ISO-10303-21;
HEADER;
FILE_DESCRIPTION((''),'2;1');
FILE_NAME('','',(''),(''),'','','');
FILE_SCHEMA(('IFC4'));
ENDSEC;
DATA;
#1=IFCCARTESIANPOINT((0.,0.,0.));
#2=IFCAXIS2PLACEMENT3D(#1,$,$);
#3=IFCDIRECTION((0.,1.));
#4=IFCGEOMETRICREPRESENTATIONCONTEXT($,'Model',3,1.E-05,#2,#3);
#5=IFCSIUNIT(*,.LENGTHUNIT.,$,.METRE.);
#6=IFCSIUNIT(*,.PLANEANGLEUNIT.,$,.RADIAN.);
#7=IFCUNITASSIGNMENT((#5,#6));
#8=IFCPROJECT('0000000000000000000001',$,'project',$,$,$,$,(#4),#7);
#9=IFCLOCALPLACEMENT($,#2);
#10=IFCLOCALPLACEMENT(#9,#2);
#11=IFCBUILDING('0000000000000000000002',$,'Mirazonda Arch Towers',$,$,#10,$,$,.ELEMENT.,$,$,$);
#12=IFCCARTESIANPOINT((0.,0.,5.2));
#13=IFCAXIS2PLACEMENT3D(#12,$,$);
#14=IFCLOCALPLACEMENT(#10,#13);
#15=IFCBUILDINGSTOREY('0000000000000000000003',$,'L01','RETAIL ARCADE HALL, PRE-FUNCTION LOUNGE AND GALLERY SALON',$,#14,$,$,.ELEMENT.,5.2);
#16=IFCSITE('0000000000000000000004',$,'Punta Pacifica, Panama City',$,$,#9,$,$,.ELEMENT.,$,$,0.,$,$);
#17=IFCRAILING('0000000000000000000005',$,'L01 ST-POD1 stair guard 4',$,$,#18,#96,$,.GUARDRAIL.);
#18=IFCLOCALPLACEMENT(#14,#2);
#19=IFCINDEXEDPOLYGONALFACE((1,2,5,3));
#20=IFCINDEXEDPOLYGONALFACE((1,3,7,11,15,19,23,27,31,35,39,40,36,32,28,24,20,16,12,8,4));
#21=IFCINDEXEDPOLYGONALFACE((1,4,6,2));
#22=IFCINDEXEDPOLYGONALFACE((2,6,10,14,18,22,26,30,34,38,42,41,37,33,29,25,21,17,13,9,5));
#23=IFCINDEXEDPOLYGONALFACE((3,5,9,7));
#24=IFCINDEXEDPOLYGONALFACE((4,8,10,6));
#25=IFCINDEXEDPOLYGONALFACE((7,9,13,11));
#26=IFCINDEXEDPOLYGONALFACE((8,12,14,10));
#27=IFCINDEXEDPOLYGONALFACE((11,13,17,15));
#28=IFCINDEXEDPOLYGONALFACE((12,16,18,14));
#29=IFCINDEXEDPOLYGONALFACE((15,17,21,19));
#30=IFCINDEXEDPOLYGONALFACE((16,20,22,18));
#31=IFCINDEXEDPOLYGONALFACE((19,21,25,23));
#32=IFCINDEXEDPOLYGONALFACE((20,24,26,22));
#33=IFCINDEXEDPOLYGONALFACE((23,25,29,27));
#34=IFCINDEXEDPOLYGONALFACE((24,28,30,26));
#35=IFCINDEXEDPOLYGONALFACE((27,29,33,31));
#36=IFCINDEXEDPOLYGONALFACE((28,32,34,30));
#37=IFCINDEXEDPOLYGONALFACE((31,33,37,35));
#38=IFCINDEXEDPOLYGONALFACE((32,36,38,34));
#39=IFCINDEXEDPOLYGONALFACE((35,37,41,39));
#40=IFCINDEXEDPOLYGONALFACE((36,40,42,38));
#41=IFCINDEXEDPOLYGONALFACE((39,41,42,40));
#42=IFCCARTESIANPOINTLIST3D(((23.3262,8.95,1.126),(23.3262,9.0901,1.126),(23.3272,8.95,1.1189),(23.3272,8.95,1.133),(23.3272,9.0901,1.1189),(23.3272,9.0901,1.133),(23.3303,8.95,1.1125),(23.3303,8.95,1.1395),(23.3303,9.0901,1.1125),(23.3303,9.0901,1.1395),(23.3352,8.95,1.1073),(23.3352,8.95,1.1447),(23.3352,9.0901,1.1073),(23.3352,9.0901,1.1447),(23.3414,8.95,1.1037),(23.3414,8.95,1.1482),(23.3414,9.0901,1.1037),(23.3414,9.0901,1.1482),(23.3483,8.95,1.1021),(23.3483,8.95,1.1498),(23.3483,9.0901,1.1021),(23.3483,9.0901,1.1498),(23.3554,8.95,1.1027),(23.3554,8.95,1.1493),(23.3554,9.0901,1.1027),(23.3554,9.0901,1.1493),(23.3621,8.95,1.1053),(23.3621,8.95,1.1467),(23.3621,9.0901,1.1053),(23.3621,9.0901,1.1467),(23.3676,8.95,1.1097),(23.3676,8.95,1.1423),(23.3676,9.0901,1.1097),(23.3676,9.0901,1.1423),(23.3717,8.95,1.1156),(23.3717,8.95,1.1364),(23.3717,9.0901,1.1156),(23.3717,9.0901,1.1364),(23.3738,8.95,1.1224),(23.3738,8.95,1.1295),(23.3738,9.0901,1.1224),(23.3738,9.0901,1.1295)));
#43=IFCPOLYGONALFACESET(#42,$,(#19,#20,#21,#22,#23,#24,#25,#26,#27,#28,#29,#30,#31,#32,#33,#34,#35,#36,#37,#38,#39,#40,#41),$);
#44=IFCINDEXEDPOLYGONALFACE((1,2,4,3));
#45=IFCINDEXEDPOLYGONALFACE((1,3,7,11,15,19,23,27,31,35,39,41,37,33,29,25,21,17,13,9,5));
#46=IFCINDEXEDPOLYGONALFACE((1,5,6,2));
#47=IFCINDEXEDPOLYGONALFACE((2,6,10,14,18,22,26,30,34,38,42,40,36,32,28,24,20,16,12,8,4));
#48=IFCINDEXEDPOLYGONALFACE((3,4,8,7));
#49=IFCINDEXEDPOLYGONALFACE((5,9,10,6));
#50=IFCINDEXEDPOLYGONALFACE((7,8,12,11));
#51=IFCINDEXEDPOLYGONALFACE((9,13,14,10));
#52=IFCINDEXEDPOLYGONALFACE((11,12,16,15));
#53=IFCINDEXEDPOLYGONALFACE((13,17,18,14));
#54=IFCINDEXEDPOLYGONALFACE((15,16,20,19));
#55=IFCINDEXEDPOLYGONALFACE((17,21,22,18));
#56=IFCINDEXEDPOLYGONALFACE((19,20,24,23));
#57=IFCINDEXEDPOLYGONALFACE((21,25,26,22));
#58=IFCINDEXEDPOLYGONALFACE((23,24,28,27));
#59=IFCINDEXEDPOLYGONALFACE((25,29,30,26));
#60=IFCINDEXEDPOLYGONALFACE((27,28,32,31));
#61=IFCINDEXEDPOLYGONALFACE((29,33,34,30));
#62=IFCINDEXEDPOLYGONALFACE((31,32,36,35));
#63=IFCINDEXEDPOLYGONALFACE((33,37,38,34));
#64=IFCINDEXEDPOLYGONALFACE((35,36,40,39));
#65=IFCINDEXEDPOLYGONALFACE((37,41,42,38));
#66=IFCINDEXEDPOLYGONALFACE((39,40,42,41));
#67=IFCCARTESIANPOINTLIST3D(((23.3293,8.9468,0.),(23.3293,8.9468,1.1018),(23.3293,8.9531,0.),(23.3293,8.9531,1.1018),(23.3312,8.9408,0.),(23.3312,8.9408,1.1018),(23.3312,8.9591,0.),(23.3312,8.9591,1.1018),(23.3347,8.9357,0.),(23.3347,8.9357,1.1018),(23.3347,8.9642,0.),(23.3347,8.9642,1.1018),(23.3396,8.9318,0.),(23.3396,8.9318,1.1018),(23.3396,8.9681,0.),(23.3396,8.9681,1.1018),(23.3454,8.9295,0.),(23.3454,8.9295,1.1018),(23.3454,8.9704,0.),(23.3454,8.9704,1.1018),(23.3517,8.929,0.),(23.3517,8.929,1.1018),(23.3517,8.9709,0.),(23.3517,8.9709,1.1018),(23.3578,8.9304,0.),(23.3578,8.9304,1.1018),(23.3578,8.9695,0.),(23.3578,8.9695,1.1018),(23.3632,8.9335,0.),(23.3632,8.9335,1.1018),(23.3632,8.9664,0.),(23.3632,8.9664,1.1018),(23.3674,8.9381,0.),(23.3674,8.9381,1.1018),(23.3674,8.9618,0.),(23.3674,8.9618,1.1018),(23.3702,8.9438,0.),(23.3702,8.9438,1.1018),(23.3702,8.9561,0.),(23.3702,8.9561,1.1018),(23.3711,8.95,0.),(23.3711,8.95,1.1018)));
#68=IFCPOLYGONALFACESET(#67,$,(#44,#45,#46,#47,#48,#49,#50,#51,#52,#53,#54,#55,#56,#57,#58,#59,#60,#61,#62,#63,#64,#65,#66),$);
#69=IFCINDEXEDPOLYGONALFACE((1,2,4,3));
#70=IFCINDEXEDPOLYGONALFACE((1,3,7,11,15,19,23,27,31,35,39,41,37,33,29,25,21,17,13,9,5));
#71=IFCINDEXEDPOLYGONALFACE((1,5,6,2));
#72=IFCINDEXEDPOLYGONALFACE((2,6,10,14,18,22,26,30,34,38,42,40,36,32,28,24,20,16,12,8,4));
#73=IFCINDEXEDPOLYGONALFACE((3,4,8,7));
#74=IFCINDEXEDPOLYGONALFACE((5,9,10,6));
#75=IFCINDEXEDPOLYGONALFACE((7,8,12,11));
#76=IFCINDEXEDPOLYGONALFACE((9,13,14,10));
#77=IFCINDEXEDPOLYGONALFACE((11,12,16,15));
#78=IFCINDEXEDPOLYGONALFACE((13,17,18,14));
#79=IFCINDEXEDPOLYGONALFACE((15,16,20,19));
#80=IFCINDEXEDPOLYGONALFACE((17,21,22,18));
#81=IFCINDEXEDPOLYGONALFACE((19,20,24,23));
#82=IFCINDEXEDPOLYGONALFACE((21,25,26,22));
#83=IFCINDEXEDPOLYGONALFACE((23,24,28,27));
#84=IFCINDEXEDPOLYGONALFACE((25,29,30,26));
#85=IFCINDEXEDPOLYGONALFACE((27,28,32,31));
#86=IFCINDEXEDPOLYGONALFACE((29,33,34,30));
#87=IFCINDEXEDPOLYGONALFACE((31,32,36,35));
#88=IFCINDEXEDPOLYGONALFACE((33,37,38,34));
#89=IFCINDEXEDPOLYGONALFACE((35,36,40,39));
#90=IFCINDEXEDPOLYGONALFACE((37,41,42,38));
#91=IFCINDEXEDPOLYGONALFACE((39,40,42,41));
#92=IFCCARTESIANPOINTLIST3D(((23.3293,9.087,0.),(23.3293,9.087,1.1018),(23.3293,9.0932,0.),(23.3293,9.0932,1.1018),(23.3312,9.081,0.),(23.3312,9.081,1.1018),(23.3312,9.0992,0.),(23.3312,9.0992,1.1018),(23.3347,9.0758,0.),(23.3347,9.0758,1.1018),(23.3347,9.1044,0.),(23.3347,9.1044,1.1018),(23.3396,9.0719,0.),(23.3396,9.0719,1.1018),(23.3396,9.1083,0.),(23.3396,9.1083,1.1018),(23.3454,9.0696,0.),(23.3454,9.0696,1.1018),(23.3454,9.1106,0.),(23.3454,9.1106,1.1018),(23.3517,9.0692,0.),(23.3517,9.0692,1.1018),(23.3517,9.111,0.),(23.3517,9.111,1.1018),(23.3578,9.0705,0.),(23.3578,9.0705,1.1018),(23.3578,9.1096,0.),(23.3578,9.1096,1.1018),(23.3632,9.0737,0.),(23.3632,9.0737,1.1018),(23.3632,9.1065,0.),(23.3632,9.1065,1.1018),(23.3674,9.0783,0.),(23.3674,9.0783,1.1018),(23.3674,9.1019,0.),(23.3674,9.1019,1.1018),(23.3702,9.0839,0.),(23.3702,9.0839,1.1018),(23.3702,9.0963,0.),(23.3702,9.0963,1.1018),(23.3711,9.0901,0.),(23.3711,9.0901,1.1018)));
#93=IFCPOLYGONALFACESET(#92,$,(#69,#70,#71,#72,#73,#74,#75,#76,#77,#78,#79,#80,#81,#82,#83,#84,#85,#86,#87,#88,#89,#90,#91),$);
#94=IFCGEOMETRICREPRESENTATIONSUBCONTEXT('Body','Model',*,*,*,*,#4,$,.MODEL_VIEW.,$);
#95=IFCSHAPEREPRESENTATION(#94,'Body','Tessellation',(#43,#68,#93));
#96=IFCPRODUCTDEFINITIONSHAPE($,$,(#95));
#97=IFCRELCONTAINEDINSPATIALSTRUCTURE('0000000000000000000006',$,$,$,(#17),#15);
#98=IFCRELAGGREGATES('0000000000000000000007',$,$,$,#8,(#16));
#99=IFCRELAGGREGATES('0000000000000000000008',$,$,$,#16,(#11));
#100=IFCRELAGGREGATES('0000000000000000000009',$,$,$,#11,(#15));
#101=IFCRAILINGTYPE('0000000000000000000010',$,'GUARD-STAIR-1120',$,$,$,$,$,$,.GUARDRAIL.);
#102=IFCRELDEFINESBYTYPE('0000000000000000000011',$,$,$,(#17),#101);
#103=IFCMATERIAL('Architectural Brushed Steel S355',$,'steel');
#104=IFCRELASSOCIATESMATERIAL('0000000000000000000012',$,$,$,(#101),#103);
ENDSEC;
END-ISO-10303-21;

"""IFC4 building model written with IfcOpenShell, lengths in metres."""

from ifc_helpers import new_model, si_unit, direction, frame, origin, origin_2d, place, context, subcontext, project, spatial, circle, extrude, material, type_object, element, save


model = new_model("IFC4")

# Units and contexts
model_context = context("Model", 3, precision=1e-05, world=origin(), true_north=direction((0.0, 1.0)))
body_context = subcontext(model_context, "Body", "Model", "MODEL_VIEW")
ifc_project = project(units=[si_unit("LENGTHUNIT", "METRE"), si_unit("PLANEANGLEUNIT", "RADIAN")], contexts=[model_context])

# Site, building, storey
site_placement = place(None, origin())
site = spatial("IfcSite", under=ifc_project, at=site_placement, Name="Punta Pacifica, Panama City", CompositionType="ELEMENT", RefElevation=0.0)
building_placement = place(site_placement, origin())
building = spatial("IfcBuilding", under=site, at=building_placement, Name="Mirazonda Arch Towers", CompositionType="ELEMENT")
storey_placement = place(building_placement, frame((0.0, 0.0, 5.2)))
storey = spatial("IfcBuildingStorey", under=building, at=storey_placement, Name="L01", Description="RETAIL ARCADE HALL, PRE-FUNCTION LOUNGE AND GALLERY SALON", CompositionType="ELEMENT", Elevation=5.2)

# Railing
ifc_material_1 = material(Name="Architectural Brushed Steel S355", Category="steel")
railing_type_1 = type_object("IfcRailingType", Name="GUARD-STAIR-1120", PredefinedType="GUARDRAIL", material=ifc_material_1)
railing_1_placement = place(storey_placement, frame((23.3501, 8.95, 0.0)))
element("IfcRailing", 1, at=railing_1_placement, inside=storey, type_object=railing_type_1, Name="L01 ST-POD1 stair guard 4", PredefinedType="GUARDRAIL", context=body_context, shape_type="SweptSolid", body=[
    extrude(circle(Radius=0.0239, at=origin_2d()), frame((0.0, 0.0, 1.126), z_axis=(0.0, 1.0, 0.0), x_axis=(-1.0, 0.0, 0.0)), (0.0, 0.0, 1.0), 0.1401),
    extrude(circle(Radius=0.021, at=origin_2d()), origin(), (0.0, 0.0, 1.0), 1.1018),
    extrude(circle(Radius=0.021, at=origin_2d()), frame((0.0, 0.1401, 0.0)), (0.0, 0.0, 1.0), 1.1018),
])

save(model, "model.ifc")
